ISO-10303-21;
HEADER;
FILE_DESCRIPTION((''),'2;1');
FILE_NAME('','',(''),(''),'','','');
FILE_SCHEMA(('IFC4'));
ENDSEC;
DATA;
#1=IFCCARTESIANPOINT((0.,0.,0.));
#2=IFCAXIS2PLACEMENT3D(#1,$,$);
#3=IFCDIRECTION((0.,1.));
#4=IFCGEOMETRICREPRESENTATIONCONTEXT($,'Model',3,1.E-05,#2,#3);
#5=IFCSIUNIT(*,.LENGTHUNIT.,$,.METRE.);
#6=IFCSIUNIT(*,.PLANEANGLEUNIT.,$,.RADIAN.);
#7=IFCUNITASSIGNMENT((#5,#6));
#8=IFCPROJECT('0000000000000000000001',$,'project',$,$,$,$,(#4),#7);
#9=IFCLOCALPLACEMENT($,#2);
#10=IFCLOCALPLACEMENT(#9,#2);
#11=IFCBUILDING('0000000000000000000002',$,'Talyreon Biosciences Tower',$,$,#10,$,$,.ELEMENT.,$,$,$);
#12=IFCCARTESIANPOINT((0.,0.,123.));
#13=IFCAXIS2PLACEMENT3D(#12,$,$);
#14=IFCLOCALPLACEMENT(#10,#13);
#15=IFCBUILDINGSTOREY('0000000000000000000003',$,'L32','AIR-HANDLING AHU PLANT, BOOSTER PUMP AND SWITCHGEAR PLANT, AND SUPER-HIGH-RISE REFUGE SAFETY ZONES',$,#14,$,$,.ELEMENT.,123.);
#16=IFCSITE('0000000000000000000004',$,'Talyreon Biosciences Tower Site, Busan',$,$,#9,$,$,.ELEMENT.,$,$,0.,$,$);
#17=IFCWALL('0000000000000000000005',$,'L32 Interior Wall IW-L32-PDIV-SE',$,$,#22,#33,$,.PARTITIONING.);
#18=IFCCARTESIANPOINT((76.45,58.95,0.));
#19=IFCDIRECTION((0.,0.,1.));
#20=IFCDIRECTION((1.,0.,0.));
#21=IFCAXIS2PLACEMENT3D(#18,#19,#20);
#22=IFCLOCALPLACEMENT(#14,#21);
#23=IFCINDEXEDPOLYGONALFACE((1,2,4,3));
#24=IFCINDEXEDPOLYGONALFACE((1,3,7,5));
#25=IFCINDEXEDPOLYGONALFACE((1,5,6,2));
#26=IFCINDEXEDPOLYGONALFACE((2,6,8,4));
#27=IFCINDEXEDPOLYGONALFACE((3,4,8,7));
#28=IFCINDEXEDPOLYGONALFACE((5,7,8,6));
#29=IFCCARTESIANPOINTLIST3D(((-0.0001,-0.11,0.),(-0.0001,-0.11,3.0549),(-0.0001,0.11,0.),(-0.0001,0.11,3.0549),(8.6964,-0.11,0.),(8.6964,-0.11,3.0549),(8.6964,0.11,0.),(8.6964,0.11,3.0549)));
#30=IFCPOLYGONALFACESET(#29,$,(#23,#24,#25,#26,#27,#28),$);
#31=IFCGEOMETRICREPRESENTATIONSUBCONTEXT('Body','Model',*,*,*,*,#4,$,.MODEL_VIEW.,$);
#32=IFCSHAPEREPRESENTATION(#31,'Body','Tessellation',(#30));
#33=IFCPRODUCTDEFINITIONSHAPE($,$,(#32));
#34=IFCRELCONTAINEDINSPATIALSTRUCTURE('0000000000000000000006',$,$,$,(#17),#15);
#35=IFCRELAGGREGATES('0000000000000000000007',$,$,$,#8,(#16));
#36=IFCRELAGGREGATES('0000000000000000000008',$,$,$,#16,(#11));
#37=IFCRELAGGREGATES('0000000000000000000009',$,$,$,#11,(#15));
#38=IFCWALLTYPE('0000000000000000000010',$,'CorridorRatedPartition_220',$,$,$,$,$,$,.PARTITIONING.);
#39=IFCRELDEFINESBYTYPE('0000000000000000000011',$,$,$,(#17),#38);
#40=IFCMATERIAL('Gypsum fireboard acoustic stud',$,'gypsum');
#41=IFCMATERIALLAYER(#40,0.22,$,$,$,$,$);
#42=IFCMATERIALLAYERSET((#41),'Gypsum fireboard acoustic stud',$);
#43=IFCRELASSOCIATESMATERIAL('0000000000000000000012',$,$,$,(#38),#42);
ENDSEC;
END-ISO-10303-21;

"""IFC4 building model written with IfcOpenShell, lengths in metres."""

from ifc_helpers import new_model, si_unit, direction, frame, frame_2d, origin, place, context, subcontext, project, spatial, rectangle, extrude, material, layer, layer_set, type_object, element, save


model = new_model("IFC4")

# Units and contexts
model_context = context("Model", 3, precision=1e-05, world=origin(), true_north=direction((0.0, 1.0)))
body_context = subcontext(model_context, "Body", "Model", "MODEL_VIEW")
ifc_project = project(units=[si_unit("LENGTHUNIT", "METRE"), si_unit("PLANEANGLEUNIT", "RADIAN")], contexts=[model_context])

# Site, building, storey
site_placement = place(None, origin())
site = spatial("IfcSite", under=ifc_project, at=site_placement, Name="Talyreon Biosciences Tower Site, Busan", CompositionType="ELEMENT", RefElevation=0.0)
building_placement = place(site_placement, origin())
building = spatial("IfcBuilding", under=site, at=building_placement, Name="Talyreon Biosciences Tower", CompositionType="ELEMENT")
storey_placement = place(building_placement, frame((0.0, 0.0, 123.0)))
storey = spatial("IfcBuildingStorey", under=building, at=storey_placement, Name="L32", Description="AIR-HANDLING AHU PLANT, BOOSTER PUMP AND SWITCHGEAR PLANT, AND SUPER-HIGH-RISE REFUGE SAFETY ZONES", CompositionType="ELEMENT", Elevation=123.0)

# Wall
ifc_material_1 = material(Name="Gypsum fireboard acoustic stud", Category="gypsum")
ifc_layer_1 = layer(ifc_material_1, 0.22)
ifc_layer_set_1 = layer_set([ifc_layer_1], Name="Gypsum fireboard acoustic stud")
wall_type = type_object("IfcWallType", Name="CorridorRatedPartition_220", PredefinedType="PARTITIONING", material=ifc_layer_set_1)
wall_1_placement = place(storey_placement, frame((76.45, 58.95, 0.0), z_axis=(0.0, 0.0, 1.0), x_axis=(1.0, 0.0, 0.0)))
element("IfcWall", 1, at=wall_1_placement, inside=storey, type_object=wall_type, Name="L32 Interior Wall IW-L32-PDIV-SE", PredefinedType="PARTITIONING", context=body_context, shape_type="SweptSolid", body=[
    extrude(rectangle(XDim=8.6965, YDim=0.22, at=frame_2d((4.3481, 0.0))), origin(), (0.0, 0.0, 1.0), 3.0549),
])

save(model, "model.ifc")
